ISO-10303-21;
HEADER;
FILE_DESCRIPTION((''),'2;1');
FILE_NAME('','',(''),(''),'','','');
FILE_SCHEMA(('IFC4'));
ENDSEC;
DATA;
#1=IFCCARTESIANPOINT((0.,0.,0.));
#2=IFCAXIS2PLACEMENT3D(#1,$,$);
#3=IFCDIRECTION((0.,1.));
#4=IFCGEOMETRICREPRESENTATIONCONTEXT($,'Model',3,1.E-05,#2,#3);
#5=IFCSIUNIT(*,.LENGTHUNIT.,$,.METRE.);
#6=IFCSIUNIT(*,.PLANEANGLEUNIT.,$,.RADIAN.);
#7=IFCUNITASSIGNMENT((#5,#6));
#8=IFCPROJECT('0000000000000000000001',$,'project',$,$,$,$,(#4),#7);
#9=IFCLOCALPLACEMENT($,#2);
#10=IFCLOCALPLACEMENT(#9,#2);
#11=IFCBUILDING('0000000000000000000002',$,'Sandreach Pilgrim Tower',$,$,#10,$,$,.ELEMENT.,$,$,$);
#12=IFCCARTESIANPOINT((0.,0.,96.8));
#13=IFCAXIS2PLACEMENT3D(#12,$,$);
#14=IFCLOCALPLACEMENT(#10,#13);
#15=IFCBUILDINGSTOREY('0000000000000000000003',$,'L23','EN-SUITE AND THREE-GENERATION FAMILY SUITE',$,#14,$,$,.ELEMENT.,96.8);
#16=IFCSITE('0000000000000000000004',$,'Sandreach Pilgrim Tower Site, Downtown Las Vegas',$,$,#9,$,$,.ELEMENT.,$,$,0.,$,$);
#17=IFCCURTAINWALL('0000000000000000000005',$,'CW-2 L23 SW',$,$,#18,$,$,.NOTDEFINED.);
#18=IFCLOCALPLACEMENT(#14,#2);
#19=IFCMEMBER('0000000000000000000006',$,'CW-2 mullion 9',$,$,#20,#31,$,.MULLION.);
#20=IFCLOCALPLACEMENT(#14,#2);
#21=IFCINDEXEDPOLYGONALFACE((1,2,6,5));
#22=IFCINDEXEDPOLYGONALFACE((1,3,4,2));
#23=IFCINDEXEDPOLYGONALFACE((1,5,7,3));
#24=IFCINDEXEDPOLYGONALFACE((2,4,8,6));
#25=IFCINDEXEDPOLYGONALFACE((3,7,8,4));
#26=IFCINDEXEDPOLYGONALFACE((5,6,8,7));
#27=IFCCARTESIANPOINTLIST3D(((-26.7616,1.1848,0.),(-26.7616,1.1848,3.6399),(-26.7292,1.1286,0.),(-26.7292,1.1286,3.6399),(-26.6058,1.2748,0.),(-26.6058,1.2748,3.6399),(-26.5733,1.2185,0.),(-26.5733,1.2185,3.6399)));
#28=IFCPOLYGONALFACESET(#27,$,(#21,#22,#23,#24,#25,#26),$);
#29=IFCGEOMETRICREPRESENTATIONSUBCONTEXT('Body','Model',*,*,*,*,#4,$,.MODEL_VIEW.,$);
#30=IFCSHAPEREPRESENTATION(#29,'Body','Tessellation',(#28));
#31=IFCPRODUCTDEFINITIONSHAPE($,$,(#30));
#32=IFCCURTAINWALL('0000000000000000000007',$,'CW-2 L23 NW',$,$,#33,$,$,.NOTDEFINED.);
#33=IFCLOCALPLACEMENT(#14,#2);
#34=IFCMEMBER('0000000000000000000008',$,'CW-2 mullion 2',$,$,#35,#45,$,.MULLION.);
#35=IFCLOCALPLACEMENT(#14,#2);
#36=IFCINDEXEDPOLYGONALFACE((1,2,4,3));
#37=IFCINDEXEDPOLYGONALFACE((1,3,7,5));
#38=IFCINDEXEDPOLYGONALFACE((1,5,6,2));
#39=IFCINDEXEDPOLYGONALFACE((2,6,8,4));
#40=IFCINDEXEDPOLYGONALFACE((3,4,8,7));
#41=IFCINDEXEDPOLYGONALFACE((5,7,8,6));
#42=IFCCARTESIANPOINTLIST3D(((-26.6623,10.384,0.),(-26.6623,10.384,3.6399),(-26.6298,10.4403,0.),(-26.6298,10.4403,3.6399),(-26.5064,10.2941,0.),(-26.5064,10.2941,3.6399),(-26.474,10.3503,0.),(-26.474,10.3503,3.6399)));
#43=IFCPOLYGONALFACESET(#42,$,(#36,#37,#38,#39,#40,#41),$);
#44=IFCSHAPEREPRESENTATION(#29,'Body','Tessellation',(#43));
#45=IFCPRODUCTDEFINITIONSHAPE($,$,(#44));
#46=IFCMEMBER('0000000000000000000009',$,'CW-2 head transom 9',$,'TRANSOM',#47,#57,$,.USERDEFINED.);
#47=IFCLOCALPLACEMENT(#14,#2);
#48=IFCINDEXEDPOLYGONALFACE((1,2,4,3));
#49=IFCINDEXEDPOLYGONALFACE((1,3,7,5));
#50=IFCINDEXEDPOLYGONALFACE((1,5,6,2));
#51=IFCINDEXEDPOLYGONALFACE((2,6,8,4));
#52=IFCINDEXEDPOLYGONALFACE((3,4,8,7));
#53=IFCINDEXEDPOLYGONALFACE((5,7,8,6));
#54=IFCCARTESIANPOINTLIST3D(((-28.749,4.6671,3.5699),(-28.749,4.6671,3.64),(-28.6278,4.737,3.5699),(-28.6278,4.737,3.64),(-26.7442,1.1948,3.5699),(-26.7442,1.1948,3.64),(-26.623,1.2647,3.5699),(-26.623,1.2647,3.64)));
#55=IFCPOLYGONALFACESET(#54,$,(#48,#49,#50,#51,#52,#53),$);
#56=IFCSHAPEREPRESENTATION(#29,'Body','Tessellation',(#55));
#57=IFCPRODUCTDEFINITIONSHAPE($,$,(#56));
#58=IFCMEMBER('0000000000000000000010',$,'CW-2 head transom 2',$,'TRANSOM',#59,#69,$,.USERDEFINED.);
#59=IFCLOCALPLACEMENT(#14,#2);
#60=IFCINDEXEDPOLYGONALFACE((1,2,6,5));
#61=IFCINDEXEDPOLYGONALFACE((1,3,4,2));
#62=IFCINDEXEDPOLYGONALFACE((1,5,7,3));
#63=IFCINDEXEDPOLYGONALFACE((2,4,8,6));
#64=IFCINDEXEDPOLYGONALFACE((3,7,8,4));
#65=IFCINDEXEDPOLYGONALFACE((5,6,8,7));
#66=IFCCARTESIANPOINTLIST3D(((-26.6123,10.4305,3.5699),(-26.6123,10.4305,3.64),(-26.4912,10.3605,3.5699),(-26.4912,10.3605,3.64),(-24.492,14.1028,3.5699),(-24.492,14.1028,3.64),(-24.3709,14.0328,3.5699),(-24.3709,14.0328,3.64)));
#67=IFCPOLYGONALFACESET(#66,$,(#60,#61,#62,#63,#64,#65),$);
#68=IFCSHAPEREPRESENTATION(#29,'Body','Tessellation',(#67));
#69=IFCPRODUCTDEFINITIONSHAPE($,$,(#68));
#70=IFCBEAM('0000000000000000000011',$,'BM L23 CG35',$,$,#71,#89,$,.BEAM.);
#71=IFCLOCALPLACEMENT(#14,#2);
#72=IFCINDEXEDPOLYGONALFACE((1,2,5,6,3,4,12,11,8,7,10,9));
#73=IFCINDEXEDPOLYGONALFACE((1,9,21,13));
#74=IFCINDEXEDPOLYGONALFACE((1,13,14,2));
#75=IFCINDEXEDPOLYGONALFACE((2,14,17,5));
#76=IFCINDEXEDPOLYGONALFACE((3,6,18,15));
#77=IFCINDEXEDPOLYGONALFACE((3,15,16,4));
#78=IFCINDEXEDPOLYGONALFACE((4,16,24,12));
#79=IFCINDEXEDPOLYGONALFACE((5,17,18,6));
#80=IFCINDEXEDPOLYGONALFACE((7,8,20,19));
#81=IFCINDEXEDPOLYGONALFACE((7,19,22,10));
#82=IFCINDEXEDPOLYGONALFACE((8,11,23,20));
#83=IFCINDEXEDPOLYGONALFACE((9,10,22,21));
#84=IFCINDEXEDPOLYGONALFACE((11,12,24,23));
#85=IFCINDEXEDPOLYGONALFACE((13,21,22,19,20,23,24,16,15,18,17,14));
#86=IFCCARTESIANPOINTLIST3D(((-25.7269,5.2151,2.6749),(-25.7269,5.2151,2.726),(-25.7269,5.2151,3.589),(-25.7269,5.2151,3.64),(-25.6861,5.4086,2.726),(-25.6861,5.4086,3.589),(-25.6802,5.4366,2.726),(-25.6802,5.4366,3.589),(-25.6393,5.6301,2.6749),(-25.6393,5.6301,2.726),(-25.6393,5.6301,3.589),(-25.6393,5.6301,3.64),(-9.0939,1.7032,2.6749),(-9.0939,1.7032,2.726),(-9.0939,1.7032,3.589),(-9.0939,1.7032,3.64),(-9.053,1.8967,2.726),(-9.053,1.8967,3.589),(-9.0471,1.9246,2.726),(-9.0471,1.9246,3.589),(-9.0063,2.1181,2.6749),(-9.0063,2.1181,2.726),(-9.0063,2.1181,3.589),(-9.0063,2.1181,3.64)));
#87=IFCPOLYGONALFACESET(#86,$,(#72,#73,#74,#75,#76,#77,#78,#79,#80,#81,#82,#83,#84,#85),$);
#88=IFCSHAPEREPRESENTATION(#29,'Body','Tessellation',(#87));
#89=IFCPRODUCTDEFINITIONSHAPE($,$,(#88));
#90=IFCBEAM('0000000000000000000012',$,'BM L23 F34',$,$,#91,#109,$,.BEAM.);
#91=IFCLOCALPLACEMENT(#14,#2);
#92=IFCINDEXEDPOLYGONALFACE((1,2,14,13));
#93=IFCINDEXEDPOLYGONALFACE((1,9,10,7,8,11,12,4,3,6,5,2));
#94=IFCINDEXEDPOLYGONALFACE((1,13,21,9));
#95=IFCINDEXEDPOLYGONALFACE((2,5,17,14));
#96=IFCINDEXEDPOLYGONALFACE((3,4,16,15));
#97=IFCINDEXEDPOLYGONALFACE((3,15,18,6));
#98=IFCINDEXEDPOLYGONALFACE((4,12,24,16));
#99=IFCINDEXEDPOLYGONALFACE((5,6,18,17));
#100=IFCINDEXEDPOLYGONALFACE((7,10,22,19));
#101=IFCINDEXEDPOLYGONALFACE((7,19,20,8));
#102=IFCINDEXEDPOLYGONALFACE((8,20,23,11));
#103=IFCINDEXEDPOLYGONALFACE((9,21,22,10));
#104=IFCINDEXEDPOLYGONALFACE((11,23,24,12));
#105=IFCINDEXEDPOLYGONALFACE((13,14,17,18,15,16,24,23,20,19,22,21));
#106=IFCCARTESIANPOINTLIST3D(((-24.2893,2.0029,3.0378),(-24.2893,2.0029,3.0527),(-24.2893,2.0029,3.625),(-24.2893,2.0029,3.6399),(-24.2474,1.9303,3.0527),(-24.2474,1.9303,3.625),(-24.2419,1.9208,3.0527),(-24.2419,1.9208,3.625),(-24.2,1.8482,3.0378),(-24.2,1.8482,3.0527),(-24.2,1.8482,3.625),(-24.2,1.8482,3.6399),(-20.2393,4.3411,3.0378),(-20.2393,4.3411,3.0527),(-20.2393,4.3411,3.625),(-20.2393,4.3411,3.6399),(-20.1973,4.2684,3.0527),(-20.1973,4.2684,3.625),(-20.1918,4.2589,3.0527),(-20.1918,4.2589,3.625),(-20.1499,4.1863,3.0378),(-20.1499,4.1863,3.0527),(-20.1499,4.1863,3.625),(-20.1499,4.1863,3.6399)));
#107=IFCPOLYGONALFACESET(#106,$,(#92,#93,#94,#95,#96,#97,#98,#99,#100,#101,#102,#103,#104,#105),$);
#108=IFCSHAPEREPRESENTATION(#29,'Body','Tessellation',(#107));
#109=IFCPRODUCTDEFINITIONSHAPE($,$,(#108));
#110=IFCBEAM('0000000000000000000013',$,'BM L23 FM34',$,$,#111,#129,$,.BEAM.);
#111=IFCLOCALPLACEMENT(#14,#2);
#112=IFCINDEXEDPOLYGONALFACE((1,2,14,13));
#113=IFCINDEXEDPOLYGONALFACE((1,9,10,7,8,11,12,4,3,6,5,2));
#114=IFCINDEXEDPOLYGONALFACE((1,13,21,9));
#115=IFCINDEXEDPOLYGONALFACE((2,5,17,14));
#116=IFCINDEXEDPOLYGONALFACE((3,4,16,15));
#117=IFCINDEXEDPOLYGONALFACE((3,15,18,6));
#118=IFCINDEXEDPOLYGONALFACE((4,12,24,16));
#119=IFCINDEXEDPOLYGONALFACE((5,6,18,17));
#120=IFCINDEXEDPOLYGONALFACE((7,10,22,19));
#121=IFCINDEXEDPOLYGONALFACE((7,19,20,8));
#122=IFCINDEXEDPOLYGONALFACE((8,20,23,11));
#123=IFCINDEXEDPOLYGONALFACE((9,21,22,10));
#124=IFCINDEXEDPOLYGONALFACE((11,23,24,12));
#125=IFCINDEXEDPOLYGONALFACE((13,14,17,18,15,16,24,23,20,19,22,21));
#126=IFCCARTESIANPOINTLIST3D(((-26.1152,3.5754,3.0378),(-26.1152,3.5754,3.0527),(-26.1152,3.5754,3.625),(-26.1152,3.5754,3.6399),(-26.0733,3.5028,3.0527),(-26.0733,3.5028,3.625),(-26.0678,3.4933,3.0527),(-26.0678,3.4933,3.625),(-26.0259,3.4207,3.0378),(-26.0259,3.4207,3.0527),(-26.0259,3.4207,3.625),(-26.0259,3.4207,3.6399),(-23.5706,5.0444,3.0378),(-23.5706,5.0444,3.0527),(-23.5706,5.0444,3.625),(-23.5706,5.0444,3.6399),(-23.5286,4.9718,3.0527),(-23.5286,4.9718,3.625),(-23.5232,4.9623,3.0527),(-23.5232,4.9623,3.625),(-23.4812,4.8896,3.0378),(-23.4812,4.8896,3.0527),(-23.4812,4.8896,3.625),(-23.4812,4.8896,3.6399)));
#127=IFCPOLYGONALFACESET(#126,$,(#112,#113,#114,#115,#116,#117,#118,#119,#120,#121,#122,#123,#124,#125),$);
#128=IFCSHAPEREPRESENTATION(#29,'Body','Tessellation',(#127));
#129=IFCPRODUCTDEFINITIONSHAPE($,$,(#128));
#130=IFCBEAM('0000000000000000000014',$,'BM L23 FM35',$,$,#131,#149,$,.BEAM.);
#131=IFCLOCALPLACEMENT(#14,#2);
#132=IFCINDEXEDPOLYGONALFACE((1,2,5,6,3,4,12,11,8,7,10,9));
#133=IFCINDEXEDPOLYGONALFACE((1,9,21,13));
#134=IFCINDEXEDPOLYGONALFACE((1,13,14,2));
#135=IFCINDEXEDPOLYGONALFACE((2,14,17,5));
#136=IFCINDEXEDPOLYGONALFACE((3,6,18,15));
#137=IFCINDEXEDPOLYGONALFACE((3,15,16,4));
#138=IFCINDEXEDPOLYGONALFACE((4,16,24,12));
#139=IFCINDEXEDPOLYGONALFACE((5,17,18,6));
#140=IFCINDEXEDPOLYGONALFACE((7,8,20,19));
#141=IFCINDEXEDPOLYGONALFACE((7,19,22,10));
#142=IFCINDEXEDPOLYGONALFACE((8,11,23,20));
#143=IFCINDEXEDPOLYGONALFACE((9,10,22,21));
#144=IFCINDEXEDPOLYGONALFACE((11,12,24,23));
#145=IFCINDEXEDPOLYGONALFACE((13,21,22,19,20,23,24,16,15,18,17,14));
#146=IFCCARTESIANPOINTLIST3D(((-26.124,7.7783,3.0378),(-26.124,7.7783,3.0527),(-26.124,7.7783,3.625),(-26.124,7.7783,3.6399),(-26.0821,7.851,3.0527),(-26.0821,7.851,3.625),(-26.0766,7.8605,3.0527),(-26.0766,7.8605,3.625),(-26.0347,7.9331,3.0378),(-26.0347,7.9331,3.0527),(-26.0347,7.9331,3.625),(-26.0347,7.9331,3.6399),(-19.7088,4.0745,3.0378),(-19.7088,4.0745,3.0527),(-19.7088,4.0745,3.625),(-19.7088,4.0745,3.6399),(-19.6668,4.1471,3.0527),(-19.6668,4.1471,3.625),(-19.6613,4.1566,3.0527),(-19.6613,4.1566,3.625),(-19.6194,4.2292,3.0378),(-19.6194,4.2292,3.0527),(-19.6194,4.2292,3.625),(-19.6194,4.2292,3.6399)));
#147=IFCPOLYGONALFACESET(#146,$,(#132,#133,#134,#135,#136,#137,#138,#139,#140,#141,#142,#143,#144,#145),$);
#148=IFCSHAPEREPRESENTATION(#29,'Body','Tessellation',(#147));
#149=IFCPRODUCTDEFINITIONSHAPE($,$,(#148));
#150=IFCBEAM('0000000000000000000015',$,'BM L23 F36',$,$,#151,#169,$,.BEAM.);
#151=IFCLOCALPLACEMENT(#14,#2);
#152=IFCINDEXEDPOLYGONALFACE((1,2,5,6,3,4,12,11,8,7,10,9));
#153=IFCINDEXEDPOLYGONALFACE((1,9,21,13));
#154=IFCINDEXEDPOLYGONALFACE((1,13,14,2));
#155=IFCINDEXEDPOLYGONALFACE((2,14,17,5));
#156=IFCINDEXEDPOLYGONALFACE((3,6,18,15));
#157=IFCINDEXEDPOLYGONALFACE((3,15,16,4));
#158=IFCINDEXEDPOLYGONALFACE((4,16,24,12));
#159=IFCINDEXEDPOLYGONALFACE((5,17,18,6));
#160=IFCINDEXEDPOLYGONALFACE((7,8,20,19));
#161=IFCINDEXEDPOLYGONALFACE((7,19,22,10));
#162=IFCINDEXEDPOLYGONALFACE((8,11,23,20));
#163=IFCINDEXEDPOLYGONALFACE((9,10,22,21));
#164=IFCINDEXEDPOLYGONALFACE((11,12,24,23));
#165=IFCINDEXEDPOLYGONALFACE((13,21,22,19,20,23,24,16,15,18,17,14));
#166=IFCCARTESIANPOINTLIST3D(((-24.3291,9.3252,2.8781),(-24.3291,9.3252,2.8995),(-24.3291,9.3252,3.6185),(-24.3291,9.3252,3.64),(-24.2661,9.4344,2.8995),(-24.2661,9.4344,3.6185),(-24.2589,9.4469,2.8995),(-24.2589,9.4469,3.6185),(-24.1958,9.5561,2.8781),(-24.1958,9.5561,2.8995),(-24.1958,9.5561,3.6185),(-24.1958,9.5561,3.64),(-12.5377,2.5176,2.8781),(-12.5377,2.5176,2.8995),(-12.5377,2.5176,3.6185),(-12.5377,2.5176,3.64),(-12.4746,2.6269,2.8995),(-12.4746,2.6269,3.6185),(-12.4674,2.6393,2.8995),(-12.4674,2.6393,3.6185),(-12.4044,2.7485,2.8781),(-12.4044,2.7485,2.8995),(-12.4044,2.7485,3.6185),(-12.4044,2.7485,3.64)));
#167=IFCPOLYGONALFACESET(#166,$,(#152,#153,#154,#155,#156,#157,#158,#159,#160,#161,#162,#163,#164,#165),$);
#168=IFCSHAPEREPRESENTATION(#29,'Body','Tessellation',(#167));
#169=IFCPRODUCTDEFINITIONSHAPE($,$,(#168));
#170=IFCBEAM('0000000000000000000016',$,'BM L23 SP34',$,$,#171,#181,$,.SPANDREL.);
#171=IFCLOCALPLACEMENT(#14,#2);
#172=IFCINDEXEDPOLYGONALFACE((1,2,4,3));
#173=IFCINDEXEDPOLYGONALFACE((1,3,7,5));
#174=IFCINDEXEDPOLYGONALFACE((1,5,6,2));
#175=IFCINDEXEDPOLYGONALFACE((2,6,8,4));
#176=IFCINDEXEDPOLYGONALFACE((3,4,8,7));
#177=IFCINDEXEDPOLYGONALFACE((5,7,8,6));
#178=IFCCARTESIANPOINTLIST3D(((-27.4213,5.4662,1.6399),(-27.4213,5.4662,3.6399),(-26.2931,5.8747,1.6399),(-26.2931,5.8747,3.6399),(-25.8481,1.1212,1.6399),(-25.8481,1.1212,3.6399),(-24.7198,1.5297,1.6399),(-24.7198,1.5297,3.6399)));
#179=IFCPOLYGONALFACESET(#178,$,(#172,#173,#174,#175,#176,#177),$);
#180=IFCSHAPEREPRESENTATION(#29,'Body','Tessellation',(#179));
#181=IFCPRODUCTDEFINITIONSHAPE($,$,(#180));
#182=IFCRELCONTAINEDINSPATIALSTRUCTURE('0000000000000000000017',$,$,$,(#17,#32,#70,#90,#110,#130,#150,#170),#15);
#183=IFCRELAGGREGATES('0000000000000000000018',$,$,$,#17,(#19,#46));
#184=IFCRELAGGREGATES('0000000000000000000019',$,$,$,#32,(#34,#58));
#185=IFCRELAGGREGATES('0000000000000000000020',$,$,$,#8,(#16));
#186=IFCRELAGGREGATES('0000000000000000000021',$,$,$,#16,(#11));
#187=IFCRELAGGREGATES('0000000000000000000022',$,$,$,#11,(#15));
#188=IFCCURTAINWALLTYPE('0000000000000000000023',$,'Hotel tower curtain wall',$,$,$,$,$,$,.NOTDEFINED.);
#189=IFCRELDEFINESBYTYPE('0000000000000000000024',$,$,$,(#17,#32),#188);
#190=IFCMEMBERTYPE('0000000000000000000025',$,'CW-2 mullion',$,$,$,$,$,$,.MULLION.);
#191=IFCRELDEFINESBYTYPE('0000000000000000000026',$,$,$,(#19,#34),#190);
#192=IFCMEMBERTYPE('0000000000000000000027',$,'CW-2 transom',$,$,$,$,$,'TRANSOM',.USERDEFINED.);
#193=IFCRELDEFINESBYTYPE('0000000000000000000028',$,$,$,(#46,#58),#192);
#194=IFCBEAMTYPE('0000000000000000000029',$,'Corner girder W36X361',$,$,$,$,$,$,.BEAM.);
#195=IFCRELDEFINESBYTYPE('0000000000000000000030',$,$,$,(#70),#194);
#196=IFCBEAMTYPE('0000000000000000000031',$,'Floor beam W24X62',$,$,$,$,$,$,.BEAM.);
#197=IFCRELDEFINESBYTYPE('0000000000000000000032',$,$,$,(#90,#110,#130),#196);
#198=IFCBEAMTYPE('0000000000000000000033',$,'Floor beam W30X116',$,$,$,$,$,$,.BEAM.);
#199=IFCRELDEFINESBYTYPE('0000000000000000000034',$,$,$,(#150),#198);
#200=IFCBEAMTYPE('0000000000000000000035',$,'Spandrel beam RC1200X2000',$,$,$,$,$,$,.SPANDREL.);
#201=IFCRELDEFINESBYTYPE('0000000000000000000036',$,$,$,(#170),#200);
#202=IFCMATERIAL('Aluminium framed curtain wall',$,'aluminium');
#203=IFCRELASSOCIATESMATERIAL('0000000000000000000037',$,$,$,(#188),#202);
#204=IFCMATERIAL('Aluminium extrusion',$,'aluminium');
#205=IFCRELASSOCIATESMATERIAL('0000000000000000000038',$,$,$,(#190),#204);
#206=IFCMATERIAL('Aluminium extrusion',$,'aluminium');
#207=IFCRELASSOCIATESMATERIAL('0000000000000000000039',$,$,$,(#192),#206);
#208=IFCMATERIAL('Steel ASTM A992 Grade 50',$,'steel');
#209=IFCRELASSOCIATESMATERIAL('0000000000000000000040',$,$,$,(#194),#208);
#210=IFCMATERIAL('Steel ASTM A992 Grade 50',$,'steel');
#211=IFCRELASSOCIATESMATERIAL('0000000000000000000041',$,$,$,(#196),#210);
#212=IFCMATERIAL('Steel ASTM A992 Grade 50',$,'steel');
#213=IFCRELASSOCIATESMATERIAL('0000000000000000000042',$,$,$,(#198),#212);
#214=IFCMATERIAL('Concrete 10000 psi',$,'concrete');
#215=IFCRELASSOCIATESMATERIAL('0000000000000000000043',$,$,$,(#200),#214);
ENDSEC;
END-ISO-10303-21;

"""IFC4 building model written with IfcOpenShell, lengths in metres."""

from ifc_helpers import new_model, si_unit, direction, frame, origin, origin_2d, place, context, subcontext, project, spatial, rectangle, i_section, extrude, material, material_profile, profile_set, type_object, element, aggregate, save


model = new_model("IFC4")

# Units and contexts
model_context = context("Model", 3, precision=1e-05, world=origin(), true_north=direction((0.0, 1.0)))
body_context = subcontext(model_context, "Body", "Model", "MODEL_VIEW")
ifc_project = project(units=[si_unit("LENGTHUNIT", "METRE"), si_unit("PLANEANGLEUNIT", "RADIAN")], contexts=[model_context])

# Site, building, storey
site_placement = place(None, origin())
site = spatial("IfcSite", under=ifc_project, at=site_placement, Name="Sandreach Pilgrim Tower Site, Downtown Las Vegas", CompositionType="ELEMENT", RefElevation=0.0)
building_placement = place(site_placement, origin())
building = spatial("IfcBuilding", under=site, at=building_placement, Name="Sandreach Pilgrim Tower", CompositionType="ELEMENT")
storey_placement = place(building_placement, frame((0.0, 0.0, 96.8)))
storey = spatial("IfcBuildingStorey", under=building, at=storey_placement, Name="L23", Description="EN-SUITE AND THREE-GENERATION FAMILY SUITE", CompositionType="ELEMENT", Elevation=96.8)

# Curtain walls, members
ifc_material_1 = material(Name="Aluminium framed curtain wall", Category="aluminium")
curtain_wall_type = type_object("IfcCurtainWallType", Name="Hotel tower curtain wall", PredefinedType="NOTDEFINED", material=ifc_material_1)
curtain_wall_1_placement = place(storey_placement, origin())
curtain_wall_1 = element("IfcCurtainWall", 1, at=curtain_wall_1_placement, inside=storey, type_object=curtain_wall_type, Name="CW-2 L23 SW", PredefinedType="NOTDEFINED")
ifc_material_2 = material(Name="Aluminium extrusion", Category="aluminium")
ifc_material_profile_1 = material_profile(ifc_material_2, rectangle(XDim=0.0649, YDim=0.1799, at=origin_2d()), Name="CW-2M 65X180")
ifc_profile_set_1 = profile_set([ifc_material_profile_1], Name="Aluminium extrusion")
member_type_1 = type_object("IfcMemberType", Name="CW-2 mullion", PredefinedType="MULLION", material=ifc_profile_set_1)
member_1_placement = place(storey_placement, frame((-26.6675, 1.2017, 0.0), z_axis=(0.0, 0.0, 1.0), x_axis=(-0.5, 0.866025, 0.0)))
member_1 = element("IfcMember", 2, at=member_1_placement, type_object=member_type_1, Name="CW-2 mullion 9", PredefinedType="MULLION", context=body_context, shape_type="SweptSolid", body=[
    extrude(rectangle(XDim=0.0649, YDim=0.1799, at=origin_2d()), origin(), (0.0, 0.0, 1.0), 3.6399),
])
curtain_wall_2_placement = place(storey_placement, origin())
curtain_wall_2 = element("IfcCurtainWall", 3, at=curtain_wall_2_placement, inside=storey, type_object=curtain_wall_type, Name="CW-2 L23 NW", PredefinedType="NOTDEFINED")
member_2_placement = place(storey_placement, frame((-26.5681, 10.3672, 0.0), z_axis=(0.0, 0.0, 1.0), x_axis=(0.5, 0.866025, 0.0)))
member_2 = element("IfcMember", 4, at=member_2_placement, type_object=member_type_1, Name="CW-2 mullion 2", PredefinedType="MULLION", context=body_context, shape_type="SweptSolid", body=[
    extrude(rectangle(XDim=0.0649, YDim=0.1799, at=origin_2d()), origin(), (0.0, 0.0, 1.0), 3.6399),
])

# Members
ifc_material_3 = material(Name="Aluminium extrusion", Category="aluminium")
ifc_material_profile_2 = material_profile(ifc_material_3, rectangle(XDim=0.1399, YDim=0.0701, at=origin_2d()), Name="CW-2T 140X70")
ifc_profile_set_2 = profile_set([ifc_material_profile_2], Name="Aluminium extrusion")
member_type_2 = type_object("IfcMemberType", Name="CW-2 transom", ElementType="TRANSOM", PredefinedType="USERDEFINED", material=ifc_profile_set_2)
member_3_placement = place(storey_placement, frame((-26.6836, 1.2297, 3.605), z_axis=(-0.500016, 0.866016, 0.0), x_axis=(-0.866016, -0.500016, 0.0)))
member_3 = element("IfcMember", 5, at=member_3_placement, type_object=member_type_2, Name="CW-2 head transom 9", ObjectType="TRANSOM", PredefinedType="USERDEFINED", context=body_context, shape_type="SweptSolid", body=[
    extrude(rectangle(XDim=0.1399, YDim=0.0701, at=origin_2d()), origin(), (0.0, 0.0, 1.0), 4.0095),
])
aggregate(curtain_wall_1, [member_1, member_3])
member_4_placement = place(storey_placement, frame((-26.5518, 10.3955, 3.605), z_axis=(0.500021, 0.866013, 0.0), x_axis=(-0.866013, 0.500021, 0.0)))
member_4 = element("IfcMember", 6, at=member_4_placement, type_object=member_type_2, Name="CW-2 head transom 2", ObjectType="TRANSOM", PredefinedType="USERDEFINED", context=body_context, shape_type="SweptSolid", body=[
    extrude(rectangle(XDim=0.1399, YDim=0.0701, at=origin_2d()), origin(), (0.0, 0.0, 1.0), 4.2405),
])

# Beams
ifc_material_4 = material(Name="Steel ASTM A992 Grade 50", Category="steel")
ifc_material_profile_3 = material_profile(ifc_material_4, i_section(OverallWidth=0.4241, OverallDepth=0.9651, WebThickness=0.0286, FlangeThickness=0.051, at=origin_2d()), Name="W36X361")
ifc_profile_set_3 = profile_set([ifc_material_profile_3], Name="Steel ASTM A992 Grade 50")
beam_type_1 = type_object("IfcBeamType", Name="Corner girder W36X361", PredefinedType="BEAM", material=ifc_profile_set_3)
beam_1_placement = place(storey_placement, frame((-25.6831, 5.4226, 3.1575), z_axis=(0.978428, -0.206589, 0.0), x_axis=(0.206589, 0.978428, 0.0)))
element("IfcBeam", 7, at=beam_1_placement, inside=storey, type_object=beam_type_1, Name="BM L23 CG35", PredefinedType="BEAM", context=body_context, shape_type="SweptSolid", body=[
    extrude(i_section(OverallWidth=0.4241, OverallDepth=0.9651, WebThickness=0.0286, FlangeThickness=0.051, at=origin_2d()), origin(), (0.0, 0.0, 1.0), 16.9998),
])
ifc_material_5 = material(Name="Steel ASTM A992 Grade 50", Category="steel")
ifc_material_profile_4 = material_profile(ifc_material_5, i_section(OverallWidth=0.1787, OverallDepth=0.6021, WebThickness=0.011, FlangeThickness=0.0149, at=origin_2d()), Name="W24X62")
ifc_profile_set_4 = profile_set([ifc_material_profile_4], Name="Steel ASTM A992 Grade 50")
beam_type_2 = type_object("IfcBeamType", Name="Floor beam W24X62", PredefinedType="BEAM", material=ifc_profile_set_4)
beam_2_placement = place(storey_placement, frame((-24.2446, 1.9255, 3.3389), z_axis=(0.86604, 0.499974, 0.0), x_axis=(-0.499974, 0.86604, 0.0)))
element("IfcBeam", 8, at=beam_2_placement, inside=storey, type_object=beam_type_2, Name="BM L23 F34", PredefinedType="BEAM", context=body_context, shape_type="SweptSolid", body=[
    extrude(i_section(OverallWidth=0.1787, OverallDepth=0.6021, WebThickness=0.011, FlangeThickness=0.0149, at=origin_2d()), origin(), (0.0, 0.0, 1.0), 4.6765),
])
beam_3_placement = place(storey_placement, frame((-26.0706, 3.498, 3.3389), z_axis=(0.866051, 0.499955, 0.0), x_axis=(-0.499955, 0.866051, 0.0)))
element("IfcBeam", 9, at=beam_3_placement, inside=storey, type_object=beam_type_2, Name="BM L23 FM34", PredefinedType="BEAM", context=body_context, shape_type="SweptSolid", body=[
    extrude(i_section(OverallWidth=0.1787, OverallDepth=0.6021, WebThickness=0.011, FlangeThickness=0.0149, at=origin_2d()), origin(), (0.0, 0.0, 1.0), 2.9382),
])
beam_4_placement = place(storey_placement, frame((-26.0793, 7.8557, 3.3389), z_axis=(0.866026, -0.499999, 0.0), x_axis=(0.499999, 0.866026, 0.0)))
element("IfcBeam", 10, at=beam_4_placement, inside=storey, type_object=beam_type_2, Name="BM L23 FM35", PredefinedType="BEAM", context=body_context, shape_type="SweptSolid", body=[
    extrude(i_section(OverallWidth=0.1787, OverallDepth=0.6021, WebThickness=0.011, FlangeThickness=0.0149, at=origin_2d()), origin(), (0.0, 0.0, 1.0), 7.4077),
])
ifc_material_6 = material(Name="Steel ASTM A992 Grade 50", Category="steel")
ifc_material_profile_5 = material_profile(ifc_material_6, i_section(OverallWidth=0.2666, OverallDepth=0.762, WebThickness=0.0144, FlangeThickness=0.0215, at=origin_2d()), Name="W30X116")
ifc_profile_set_5 = profile_set([ifc_material_profile_5], Name="Steel ASTM A992 Grade 50")
beam_type_3 = type_object("IfcBeamType", Name="Floor beam W30X116", PredefinedType="BEAM", material=ifc_profile_set_5)
beam_5_placement = place(storey_placement, frame((-24.2625, 9.4407, 3.259), z_axis=(0.866032, -0.499988, 0.0), x_axis=(0.499988, 0.866032, 0.0)))
element("IfcBeam", 11, at=beam_5_placement, inside=storey, type_object=beam_type_3, Name="BM L23 F36", PredefinedType="BEAM", context=body_context, shape_type="SweptSolid", body=[
    extrude(i_section(OverallWidth=0.2666, OverallDepth=0.762, WebThickness=0.0144, FlangeThickness=0.0215, at=origin_2d()), origin(), (0.0, 0.0, 1.0), 13.6155),
])
ifc_material_7 = material(Name="Concrete 10000 psi", Category="concrete")
ifc_material_profile_6 = material_profile(ifc_material_7, rectangle(XDim=1.2, YDim=2.0, at=origin_2d()), Name="RC1200X2000")
ifc_profile_set_6 = profile_set([ifc_material_profile_6], Name="Concrete 10000 psi")
beam_type_4 = type_object("IfcBeamType", Name="Spandrel beam RC1200X2000", PredefinedType="SPANDREL", material=ifc_profile_set_6)
beam_6_placement = place(storey_placement, frame((-25.2839, 1.3254, 2.6399), z_axis=(-0.340453, 0.940261, 0.0), x_axis=(-0.940261, -0.340453, 0.0)))
element("IfcBeam", 12, at=beam_6_placement, inside=storey, type_object=beam_type_4, Name="BM L23 SP34", PredefinedType="SPANDREL", context=body_context, shape_type="SweptSolid", body=[
    extrude(rectangle(XDim=1.2, YDim=2.0, at=origin_2d()), origin(), (0.0, 0.0, 1.0), 4.6211),
])

aggregate(curtain_wall_2, [member_2, member_4])

save(model, "model.ifc")
